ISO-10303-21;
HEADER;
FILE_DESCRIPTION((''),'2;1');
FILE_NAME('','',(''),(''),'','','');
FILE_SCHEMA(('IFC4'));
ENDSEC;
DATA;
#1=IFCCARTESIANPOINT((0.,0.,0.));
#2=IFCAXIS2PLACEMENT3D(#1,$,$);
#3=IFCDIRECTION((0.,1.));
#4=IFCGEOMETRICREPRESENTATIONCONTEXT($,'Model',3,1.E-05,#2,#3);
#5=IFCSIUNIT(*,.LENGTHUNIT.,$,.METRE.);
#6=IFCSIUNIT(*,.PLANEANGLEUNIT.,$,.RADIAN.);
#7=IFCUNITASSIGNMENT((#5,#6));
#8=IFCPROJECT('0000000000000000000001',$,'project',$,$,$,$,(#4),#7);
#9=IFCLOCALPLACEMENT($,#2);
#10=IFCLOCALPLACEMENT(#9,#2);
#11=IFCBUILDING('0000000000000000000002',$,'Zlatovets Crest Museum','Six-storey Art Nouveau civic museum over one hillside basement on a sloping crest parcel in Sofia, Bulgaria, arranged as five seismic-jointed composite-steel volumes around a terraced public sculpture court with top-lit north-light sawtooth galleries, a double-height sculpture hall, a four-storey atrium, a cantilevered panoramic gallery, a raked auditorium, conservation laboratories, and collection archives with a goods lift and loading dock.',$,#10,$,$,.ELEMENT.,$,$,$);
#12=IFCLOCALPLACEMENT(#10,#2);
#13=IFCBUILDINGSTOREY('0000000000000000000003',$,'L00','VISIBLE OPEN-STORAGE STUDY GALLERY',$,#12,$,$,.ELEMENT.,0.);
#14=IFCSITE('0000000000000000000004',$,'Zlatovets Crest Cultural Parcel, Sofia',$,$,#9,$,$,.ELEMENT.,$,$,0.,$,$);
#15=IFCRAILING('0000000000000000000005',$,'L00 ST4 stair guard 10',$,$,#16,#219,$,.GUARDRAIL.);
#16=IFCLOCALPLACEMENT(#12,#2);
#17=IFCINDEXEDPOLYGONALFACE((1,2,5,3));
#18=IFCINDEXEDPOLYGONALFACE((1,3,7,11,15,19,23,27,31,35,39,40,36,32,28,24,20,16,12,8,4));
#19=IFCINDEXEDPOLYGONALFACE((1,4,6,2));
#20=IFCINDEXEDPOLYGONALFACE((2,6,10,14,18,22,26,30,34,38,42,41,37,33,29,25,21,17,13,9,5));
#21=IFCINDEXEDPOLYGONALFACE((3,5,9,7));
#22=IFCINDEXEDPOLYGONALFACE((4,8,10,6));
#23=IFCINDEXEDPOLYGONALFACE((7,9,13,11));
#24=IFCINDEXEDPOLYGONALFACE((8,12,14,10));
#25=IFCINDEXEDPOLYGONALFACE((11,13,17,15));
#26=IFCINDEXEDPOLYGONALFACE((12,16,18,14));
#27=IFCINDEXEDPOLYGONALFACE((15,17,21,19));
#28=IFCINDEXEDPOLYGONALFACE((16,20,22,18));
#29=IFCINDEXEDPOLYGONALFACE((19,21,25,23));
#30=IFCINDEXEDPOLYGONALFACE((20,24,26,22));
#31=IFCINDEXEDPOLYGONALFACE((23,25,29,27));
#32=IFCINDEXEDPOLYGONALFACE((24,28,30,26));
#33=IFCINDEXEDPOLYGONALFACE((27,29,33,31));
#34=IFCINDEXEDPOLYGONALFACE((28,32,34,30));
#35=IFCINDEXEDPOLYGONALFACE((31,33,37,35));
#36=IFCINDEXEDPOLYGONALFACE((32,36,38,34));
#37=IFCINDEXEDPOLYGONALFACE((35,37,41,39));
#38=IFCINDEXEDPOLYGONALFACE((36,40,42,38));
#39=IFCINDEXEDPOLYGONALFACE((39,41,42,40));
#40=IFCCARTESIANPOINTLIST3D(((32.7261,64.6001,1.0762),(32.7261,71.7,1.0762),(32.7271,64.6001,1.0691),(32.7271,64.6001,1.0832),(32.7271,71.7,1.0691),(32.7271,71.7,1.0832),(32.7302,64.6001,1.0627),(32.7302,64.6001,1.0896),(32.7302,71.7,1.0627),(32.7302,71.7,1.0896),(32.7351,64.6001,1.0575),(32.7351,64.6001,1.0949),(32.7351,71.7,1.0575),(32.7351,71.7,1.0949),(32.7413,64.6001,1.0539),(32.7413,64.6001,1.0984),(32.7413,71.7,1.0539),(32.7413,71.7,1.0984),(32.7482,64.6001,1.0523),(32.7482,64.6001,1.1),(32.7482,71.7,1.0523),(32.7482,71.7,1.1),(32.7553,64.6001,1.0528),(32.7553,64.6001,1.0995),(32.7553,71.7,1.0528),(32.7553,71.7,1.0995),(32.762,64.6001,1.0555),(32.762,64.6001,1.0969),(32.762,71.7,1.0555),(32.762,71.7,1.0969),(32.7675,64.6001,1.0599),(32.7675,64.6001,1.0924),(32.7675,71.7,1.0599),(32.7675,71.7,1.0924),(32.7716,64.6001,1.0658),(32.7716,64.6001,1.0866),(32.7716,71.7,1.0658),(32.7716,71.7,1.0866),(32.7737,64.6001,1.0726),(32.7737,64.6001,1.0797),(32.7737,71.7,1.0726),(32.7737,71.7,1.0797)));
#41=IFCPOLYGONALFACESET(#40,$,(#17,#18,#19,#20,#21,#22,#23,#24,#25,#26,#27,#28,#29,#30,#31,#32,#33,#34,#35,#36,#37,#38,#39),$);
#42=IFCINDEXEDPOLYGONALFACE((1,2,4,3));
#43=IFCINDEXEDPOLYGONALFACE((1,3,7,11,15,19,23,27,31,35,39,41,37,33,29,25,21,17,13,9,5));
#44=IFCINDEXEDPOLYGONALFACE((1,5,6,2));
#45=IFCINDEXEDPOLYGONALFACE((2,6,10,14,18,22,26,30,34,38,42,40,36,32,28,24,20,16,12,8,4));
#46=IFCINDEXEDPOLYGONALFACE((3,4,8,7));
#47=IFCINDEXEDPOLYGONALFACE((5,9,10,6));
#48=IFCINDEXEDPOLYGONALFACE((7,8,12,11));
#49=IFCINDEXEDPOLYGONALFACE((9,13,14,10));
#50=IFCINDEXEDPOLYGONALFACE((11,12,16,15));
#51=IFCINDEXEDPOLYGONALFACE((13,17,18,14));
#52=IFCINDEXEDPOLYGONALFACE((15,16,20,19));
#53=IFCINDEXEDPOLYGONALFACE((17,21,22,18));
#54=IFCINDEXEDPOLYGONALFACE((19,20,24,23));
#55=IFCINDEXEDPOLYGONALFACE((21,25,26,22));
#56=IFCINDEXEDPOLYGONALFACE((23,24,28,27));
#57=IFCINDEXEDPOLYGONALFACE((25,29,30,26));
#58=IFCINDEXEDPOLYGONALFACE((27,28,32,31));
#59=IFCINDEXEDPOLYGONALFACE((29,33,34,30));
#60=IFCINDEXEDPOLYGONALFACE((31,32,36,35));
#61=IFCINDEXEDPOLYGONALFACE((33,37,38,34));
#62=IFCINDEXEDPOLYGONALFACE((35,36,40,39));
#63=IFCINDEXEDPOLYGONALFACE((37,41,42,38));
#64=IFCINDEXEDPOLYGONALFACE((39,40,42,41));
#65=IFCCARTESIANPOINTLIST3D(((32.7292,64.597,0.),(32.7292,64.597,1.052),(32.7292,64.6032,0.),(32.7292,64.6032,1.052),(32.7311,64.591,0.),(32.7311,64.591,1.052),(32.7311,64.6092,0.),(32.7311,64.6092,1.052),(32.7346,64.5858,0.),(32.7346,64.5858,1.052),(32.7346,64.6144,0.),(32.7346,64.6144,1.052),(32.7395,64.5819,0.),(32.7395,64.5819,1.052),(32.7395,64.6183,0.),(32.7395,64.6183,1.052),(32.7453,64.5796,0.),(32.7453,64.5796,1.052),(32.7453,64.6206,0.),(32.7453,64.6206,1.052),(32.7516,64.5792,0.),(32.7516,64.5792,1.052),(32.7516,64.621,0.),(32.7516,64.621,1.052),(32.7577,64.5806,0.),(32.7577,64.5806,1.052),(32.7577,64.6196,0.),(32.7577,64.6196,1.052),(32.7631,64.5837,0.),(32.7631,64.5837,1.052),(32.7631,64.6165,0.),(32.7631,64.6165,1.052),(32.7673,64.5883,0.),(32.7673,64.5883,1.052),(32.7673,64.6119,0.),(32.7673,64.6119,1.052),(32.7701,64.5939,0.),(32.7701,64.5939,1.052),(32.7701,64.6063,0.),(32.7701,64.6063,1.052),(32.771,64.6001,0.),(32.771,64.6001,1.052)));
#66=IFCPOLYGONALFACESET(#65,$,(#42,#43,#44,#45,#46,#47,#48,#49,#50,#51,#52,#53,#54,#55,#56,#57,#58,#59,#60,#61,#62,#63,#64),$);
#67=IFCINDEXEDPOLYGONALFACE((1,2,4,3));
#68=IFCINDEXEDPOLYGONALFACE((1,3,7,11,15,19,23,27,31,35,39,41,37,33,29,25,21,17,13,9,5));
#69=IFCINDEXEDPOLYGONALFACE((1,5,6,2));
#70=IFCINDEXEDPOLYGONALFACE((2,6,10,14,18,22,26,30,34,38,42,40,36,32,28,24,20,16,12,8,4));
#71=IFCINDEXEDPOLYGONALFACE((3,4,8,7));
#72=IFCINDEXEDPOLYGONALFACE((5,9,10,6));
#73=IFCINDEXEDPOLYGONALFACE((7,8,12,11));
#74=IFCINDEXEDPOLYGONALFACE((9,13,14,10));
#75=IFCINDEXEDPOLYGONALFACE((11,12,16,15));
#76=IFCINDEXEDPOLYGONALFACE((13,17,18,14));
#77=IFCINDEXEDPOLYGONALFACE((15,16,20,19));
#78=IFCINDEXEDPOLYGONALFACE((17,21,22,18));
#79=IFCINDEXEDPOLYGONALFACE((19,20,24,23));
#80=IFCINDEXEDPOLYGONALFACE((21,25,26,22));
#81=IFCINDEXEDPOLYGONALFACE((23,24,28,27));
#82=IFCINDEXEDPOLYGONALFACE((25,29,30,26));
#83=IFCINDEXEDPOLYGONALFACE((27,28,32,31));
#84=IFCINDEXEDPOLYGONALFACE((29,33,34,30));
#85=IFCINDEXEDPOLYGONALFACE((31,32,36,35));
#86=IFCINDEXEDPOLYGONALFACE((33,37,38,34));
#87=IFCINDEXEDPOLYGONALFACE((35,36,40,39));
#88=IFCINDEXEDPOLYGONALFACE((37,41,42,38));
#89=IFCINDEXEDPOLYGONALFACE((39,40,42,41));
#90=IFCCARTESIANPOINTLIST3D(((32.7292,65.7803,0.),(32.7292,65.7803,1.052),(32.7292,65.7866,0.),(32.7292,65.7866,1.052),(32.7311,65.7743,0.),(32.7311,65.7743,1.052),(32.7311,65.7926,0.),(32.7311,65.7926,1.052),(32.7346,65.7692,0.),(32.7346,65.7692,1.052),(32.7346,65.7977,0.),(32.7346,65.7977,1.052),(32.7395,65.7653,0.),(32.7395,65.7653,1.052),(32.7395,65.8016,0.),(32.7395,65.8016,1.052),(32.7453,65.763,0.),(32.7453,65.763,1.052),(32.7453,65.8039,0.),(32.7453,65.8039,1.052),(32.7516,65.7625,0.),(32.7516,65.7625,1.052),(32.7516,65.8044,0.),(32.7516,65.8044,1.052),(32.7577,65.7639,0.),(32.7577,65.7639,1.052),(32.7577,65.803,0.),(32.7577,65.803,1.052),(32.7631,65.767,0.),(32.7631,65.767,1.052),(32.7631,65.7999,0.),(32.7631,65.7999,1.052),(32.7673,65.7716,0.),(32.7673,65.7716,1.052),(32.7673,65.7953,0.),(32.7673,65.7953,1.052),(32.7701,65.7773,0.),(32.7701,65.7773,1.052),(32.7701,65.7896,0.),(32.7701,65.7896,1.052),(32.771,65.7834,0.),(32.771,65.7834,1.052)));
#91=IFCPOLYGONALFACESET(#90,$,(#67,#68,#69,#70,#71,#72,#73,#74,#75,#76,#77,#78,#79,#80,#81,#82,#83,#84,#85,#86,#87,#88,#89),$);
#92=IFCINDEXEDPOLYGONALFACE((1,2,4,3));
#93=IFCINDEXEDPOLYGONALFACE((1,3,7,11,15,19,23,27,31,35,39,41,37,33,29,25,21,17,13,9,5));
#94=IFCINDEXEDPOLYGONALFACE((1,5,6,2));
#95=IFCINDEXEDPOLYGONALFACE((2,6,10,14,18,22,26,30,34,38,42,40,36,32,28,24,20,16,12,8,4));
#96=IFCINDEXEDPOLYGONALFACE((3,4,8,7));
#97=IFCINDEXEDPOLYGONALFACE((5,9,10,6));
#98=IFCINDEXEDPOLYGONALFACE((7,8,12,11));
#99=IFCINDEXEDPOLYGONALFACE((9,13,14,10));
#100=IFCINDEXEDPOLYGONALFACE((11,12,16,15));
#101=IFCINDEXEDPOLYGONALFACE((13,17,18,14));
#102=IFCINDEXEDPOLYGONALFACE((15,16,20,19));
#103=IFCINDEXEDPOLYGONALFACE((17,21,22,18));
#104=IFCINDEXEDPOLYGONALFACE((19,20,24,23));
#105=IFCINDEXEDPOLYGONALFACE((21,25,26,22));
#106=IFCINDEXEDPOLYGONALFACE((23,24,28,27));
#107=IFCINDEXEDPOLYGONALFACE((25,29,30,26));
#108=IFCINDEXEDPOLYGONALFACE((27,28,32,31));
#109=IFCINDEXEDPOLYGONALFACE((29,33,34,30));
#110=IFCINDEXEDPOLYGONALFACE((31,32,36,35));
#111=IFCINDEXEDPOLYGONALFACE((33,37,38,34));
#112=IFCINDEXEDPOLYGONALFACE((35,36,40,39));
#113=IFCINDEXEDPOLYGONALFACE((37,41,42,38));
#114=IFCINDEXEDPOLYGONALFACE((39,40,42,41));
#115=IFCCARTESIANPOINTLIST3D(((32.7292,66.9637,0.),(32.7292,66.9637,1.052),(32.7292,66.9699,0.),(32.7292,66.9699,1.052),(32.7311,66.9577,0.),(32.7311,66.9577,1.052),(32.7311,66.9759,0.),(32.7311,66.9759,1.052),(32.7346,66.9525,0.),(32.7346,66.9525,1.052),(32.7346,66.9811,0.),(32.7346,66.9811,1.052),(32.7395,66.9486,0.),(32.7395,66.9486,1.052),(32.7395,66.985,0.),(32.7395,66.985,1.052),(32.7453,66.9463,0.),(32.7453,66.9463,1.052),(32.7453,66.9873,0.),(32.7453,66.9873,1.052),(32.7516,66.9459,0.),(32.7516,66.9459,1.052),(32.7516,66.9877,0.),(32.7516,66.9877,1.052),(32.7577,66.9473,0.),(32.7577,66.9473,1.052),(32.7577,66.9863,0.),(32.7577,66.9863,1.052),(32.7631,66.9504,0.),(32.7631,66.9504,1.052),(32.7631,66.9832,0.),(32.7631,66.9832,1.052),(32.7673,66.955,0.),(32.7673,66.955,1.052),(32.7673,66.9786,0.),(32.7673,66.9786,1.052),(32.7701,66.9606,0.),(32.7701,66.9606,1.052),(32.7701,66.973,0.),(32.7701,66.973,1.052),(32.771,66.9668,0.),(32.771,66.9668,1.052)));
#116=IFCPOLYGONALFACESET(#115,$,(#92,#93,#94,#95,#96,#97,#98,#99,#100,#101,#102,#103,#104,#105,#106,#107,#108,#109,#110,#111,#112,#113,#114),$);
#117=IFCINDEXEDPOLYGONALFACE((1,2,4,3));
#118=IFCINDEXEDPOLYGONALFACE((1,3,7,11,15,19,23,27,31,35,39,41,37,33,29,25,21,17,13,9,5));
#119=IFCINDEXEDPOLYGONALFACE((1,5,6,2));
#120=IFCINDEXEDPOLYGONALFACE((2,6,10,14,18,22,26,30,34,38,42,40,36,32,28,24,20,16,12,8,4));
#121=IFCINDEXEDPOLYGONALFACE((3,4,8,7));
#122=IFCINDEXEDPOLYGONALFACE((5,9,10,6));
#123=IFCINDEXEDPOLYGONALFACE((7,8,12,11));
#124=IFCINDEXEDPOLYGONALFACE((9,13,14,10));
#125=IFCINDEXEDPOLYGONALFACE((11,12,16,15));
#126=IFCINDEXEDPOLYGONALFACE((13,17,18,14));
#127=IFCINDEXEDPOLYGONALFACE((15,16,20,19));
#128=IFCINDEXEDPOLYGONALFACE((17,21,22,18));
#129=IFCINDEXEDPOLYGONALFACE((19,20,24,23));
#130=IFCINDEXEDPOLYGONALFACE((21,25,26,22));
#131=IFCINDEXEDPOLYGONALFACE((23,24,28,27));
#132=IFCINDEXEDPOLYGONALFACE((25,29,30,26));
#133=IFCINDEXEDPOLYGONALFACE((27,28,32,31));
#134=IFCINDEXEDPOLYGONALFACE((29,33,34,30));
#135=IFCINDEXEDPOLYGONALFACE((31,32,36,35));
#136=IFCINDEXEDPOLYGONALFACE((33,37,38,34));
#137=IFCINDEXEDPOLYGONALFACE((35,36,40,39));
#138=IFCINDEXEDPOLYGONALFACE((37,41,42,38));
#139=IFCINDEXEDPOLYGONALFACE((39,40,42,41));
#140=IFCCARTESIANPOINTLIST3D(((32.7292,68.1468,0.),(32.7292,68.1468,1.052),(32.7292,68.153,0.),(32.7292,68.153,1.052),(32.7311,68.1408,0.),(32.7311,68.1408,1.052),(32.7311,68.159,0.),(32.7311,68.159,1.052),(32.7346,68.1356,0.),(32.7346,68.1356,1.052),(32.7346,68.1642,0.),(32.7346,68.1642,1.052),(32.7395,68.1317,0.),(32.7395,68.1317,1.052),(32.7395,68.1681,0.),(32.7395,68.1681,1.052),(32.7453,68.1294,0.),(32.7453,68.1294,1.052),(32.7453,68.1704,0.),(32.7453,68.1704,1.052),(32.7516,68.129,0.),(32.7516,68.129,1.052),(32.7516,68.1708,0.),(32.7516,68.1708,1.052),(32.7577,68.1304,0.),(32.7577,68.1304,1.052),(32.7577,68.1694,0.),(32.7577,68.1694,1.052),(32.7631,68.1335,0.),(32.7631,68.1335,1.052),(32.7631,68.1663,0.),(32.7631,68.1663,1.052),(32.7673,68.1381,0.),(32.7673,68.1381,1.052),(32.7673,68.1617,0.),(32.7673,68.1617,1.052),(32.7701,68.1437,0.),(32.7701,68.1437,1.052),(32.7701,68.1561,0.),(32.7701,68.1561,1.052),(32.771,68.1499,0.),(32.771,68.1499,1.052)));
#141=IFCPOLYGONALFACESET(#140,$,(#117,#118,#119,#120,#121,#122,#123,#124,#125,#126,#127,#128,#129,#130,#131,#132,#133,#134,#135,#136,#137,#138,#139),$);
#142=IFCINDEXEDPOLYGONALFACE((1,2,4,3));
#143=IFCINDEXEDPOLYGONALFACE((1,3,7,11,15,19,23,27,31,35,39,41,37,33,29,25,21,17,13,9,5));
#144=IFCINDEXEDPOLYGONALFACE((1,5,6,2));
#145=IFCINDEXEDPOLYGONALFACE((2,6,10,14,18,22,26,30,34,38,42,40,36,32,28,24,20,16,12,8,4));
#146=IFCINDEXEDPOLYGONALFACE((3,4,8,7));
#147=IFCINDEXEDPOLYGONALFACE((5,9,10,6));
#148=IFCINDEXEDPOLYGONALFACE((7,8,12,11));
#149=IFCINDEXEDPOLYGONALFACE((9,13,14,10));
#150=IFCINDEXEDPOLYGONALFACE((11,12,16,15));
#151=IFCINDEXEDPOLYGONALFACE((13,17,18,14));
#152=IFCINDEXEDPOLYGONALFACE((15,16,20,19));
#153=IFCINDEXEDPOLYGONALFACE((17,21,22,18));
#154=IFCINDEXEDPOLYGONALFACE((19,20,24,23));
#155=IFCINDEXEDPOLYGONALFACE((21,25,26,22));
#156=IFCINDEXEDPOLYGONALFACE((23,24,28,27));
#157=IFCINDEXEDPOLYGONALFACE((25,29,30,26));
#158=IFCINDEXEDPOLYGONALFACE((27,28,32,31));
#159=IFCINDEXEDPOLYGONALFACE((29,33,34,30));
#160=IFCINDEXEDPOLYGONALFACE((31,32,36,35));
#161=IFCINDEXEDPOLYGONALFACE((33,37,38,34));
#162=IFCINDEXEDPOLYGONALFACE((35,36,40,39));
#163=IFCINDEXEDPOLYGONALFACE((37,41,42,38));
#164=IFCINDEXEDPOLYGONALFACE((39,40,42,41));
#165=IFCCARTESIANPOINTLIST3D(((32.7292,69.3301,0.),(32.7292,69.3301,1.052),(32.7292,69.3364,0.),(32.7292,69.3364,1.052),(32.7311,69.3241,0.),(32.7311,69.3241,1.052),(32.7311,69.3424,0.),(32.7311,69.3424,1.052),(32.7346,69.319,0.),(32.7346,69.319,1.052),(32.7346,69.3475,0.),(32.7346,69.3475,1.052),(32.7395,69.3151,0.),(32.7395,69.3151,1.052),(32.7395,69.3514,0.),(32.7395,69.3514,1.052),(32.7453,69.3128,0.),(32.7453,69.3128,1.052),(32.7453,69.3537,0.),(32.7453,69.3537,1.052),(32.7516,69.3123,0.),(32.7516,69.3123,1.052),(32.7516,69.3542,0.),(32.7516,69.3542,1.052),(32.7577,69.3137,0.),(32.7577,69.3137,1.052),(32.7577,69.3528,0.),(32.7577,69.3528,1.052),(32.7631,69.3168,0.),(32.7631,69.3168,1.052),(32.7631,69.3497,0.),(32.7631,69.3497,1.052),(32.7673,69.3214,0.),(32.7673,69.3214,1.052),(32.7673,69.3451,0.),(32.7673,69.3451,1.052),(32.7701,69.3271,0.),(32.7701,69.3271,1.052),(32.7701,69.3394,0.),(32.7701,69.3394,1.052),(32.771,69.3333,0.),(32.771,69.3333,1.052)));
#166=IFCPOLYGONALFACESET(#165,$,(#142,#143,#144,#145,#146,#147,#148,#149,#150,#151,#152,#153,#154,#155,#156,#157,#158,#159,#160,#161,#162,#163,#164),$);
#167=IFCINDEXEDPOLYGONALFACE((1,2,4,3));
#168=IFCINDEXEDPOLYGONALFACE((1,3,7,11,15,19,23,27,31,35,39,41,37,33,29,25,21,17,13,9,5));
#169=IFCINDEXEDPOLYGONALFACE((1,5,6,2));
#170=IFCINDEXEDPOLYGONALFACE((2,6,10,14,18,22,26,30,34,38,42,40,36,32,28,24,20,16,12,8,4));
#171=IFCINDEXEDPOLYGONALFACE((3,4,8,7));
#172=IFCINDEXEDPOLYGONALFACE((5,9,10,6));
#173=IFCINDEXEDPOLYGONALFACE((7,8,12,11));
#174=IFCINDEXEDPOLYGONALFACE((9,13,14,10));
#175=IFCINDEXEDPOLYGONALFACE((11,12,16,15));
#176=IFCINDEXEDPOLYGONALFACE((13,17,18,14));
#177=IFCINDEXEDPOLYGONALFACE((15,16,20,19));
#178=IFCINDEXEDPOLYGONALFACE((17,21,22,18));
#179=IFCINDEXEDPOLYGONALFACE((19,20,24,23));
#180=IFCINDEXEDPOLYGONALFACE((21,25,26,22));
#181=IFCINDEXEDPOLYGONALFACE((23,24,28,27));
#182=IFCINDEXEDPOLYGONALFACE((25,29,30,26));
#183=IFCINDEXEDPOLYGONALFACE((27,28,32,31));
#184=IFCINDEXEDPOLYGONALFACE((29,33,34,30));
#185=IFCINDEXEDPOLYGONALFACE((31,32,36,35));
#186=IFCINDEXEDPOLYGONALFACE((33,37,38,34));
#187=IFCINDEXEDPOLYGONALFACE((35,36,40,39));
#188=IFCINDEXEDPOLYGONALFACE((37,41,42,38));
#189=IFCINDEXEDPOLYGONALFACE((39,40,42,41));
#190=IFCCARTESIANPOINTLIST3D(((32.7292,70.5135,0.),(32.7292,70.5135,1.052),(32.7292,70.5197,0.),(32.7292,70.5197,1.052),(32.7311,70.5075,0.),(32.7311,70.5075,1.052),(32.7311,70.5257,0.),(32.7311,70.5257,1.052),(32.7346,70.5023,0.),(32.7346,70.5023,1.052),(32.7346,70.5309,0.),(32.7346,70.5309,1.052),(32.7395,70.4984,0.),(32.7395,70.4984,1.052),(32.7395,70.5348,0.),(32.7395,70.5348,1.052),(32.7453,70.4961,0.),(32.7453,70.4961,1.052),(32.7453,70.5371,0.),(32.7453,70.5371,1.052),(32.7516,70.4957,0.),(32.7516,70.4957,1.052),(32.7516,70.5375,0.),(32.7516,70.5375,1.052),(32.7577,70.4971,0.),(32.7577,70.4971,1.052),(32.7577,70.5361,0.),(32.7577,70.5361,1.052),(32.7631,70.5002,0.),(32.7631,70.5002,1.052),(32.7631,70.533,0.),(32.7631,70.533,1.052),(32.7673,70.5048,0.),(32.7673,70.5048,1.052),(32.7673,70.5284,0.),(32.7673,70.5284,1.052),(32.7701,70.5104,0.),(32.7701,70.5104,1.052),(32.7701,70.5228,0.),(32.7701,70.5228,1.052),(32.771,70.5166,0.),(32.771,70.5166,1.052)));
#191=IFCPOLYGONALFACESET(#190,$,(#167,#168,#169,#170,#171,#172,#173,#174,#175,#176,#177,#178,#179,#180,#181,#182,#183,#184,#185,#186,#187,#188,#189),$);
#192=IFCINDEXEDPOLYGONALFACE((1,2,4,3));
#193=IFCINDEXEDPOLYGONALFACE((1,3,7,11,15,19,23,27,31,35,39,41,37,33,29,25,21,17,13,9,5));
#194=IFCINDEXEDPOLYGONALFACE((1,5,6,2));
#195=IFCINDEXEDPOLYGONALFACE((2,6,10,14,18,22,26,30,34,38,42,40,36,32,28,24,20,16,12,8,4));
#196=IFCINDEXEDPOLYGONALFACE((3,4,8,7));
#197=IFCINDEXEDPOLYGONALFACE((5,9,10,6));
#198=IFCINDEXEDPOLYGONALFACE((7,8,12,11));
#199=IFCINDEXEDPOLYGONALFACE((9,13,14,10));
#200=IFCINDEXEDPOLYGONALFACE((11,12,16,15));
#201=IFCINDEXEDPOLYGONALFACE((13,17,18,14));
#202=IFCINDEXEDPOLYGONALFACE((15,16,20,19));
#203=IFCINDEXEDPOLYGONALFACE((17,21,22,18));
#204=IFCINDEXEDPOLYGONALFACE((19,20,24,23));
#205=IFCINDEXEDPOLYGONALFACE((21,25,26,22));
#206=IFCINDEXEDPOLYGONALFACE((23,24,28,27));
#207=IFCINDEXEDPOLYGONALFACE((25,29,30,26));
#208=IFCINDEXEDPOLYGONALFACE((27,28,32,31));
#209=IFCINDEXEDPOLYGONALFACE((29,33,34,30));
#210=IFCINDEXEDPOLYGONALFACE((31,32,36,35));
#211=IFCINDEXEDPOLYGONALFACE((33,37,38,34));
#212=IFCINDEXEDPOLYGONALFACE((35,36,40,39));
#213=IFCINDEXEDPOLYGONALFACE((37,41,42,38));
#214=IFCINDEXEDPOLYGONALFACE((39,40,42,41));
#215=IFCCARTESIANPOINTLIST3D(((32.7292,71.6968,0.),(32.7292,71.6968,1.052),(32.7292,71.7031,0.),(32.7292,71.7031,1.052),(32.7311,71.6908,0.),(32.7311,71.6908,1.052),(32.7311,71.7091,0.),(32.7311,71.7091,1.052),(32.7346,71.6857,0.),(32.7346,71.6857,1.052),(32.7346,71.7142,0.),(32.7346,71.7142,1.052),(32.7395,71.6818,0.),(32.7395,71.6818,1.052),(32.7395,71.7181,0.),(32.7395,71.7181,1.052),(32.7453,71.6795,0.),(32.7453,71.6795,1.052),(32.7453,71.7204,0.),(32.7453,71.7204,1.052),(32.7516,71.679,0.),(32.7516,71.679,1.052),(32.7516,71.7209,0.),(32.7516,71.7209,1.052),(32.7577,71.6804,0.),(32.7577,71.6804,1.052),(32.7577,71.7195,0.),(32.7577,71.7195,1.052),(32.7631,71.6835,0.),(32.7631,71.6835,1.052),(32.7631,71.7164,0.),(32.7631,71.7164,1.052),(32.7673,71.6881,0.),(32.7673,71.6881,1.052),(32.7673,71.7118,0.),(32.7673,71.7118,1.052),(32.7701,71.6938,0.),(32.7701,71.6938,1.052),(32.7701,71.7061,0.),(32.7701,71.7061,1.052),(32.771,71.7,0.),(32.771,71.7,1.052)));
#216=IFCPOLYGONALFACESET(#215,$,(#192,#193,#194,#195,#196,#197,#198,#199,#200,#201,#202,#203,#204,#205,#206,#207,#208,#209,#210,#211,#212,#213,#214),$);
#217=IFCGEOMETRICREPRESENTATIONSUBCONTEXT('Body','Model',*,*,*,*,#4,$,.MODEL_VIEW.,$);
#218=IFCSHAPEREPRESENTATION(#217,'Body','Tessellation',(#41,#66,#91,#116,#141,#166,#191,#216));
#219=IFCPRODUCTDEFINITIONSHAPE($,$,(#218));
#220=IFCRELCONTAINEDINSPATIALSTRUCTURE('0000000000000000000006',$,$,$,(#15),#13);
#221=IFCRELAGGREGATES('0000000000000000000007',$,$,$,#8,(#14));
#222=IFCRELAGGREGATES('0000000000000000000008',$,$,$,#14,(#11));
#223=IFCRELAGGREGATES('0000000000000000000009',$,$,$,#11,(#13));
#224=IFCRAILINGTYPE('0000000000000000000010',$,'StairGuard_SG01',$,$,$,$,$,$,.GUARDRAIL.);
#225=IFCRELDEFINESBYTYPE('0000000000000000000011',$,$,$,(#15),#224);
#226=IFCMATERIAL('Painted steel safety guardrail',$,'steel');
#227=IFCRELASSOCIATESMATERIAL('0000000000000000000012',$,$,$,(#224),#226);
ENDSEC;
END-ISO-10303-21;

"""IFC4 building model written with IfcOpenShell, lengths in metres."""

from ifc_helpers import new_model, si_unit, direction, frame, origin, origin_2d, place, context, subcontext, project, spatial, circle, extrude, material, type_object, element, save


model = new_model("IFC4")

# Units and contexts
model_context = context("Model", 3, precision=1e-05, world=origin(), true_north=direction((0.0, 1.0)))
body_context = subcontext(model_context, "Body", "Model", "MODEL_VIEW")
ifc_project = project(units=[si_unit("LENGTHUNIT", "METRE"), si_unit("PLANEANGLEUNIT", "RADIAN")], contexts=[model_context])

# Site, building, storey
site_placement = place(None, origin())
site = spatial("IfcSite", under=ifc_project, at=site_placement, Name="Zlatovets Crest Cultural Parcel, Sofia", CompositionType="ELEMENT", RefElevation=0.0)
building_placement = place(site_placement, origin())
building = spatial("IfcBuilding", under=site, at=building_placement, Name="Zlatovets Crest Museum", Description="Six-storey Art Nouveau civic museum over one hillside basement on a sloping crest parcel in Sofia, Bulgaria, arranged as five seismic-jointed composite-steel volumes around a terraced public sculpture court with top-lit north-light sawtooth galleries, a double-height sculpture hall, a four-storey atrium, a cantilevered panoramic gallery, a raked auditorium, conservation laboratories, and collection archives with a goods lift and loading dock.", CompositionType="ELEMENT")
storey_placement = place(building_placement, origin())
storey = spatial("IfcBuildingStorey", under=building, at=storey_placement, Name="L00", Description="VISIBLE OPEN-STORAGE STUDY GALLERY", CompositionType="ELEMENT", Elevation=0.0)

# Railing
ifc_material_1 = material(Name="Painted steel safety guardrail", Category="steel")
railing_type_1 = type_object("IfcRailingType", Name="StairGuard_SG01", PredefinedType="GUARDRAIL", material=ifc_material_1)
railing_1_placement = place(storey_placement, frame((32.75, 64.6001, 0.0)))
element("IfcRailing", 1, at=railing_1_placement, inside=storey, type_object=railing_type_1, Name="L00 ST4 stair guard 10", PredefinedType="GUARDRAIL", context=body_context, shape_type="SweptSolid", body=[
    extrude(circle(Radius=0.0239, at=origin_2d()), frame((0.0, 0.0, 1.0762), z_axis=(0.0, 1.0, 0.0), x_axis=(-1.0, 0.0, 0.0)), (0.0, 0.0, 1.0), 7.0999),
    extrude(circle(Radius=0.021, at=origin_2d()), origin(), (0.0, 0.0, 1.0), 1.052),
    extrude(circle(Radius=0.021, at=origin_2d()), frame((0.0, 1.1833, 0.0)), (0.0, 0.0, 1.0), 1.052),
    extrude(circle(Radius=0.021, at=origin_2d()), frame((0.0, 2.3667, 0.0)), (0.0, 0.0, 1.0), 1.052),
    extrude(circle(Radius=0.021, at=origin_2d()), frame((0.0, 3.5498, 0.0)), (0.0, 0.0, 1.0), 1.052),
    extrude(circle(Radius=0.021, at=origin_2d()), frame((0.0, 4.7332, 0.0)), (0.0, 0.0, 1.0), 1.052),
    extrude(circle(Radius=0.021, at=origin_2d()), frame((0.0, 5.9165, 0.0)), (0.0, 0.0, 1.0), 1.052),
    extrude(circle(Radius=0.021, at=origin_2d()), frame((0.0, 7.0999, 0.0)), (0.0, 0.0, 1.0), 1.052),
])

save(model, "model.ifc")
